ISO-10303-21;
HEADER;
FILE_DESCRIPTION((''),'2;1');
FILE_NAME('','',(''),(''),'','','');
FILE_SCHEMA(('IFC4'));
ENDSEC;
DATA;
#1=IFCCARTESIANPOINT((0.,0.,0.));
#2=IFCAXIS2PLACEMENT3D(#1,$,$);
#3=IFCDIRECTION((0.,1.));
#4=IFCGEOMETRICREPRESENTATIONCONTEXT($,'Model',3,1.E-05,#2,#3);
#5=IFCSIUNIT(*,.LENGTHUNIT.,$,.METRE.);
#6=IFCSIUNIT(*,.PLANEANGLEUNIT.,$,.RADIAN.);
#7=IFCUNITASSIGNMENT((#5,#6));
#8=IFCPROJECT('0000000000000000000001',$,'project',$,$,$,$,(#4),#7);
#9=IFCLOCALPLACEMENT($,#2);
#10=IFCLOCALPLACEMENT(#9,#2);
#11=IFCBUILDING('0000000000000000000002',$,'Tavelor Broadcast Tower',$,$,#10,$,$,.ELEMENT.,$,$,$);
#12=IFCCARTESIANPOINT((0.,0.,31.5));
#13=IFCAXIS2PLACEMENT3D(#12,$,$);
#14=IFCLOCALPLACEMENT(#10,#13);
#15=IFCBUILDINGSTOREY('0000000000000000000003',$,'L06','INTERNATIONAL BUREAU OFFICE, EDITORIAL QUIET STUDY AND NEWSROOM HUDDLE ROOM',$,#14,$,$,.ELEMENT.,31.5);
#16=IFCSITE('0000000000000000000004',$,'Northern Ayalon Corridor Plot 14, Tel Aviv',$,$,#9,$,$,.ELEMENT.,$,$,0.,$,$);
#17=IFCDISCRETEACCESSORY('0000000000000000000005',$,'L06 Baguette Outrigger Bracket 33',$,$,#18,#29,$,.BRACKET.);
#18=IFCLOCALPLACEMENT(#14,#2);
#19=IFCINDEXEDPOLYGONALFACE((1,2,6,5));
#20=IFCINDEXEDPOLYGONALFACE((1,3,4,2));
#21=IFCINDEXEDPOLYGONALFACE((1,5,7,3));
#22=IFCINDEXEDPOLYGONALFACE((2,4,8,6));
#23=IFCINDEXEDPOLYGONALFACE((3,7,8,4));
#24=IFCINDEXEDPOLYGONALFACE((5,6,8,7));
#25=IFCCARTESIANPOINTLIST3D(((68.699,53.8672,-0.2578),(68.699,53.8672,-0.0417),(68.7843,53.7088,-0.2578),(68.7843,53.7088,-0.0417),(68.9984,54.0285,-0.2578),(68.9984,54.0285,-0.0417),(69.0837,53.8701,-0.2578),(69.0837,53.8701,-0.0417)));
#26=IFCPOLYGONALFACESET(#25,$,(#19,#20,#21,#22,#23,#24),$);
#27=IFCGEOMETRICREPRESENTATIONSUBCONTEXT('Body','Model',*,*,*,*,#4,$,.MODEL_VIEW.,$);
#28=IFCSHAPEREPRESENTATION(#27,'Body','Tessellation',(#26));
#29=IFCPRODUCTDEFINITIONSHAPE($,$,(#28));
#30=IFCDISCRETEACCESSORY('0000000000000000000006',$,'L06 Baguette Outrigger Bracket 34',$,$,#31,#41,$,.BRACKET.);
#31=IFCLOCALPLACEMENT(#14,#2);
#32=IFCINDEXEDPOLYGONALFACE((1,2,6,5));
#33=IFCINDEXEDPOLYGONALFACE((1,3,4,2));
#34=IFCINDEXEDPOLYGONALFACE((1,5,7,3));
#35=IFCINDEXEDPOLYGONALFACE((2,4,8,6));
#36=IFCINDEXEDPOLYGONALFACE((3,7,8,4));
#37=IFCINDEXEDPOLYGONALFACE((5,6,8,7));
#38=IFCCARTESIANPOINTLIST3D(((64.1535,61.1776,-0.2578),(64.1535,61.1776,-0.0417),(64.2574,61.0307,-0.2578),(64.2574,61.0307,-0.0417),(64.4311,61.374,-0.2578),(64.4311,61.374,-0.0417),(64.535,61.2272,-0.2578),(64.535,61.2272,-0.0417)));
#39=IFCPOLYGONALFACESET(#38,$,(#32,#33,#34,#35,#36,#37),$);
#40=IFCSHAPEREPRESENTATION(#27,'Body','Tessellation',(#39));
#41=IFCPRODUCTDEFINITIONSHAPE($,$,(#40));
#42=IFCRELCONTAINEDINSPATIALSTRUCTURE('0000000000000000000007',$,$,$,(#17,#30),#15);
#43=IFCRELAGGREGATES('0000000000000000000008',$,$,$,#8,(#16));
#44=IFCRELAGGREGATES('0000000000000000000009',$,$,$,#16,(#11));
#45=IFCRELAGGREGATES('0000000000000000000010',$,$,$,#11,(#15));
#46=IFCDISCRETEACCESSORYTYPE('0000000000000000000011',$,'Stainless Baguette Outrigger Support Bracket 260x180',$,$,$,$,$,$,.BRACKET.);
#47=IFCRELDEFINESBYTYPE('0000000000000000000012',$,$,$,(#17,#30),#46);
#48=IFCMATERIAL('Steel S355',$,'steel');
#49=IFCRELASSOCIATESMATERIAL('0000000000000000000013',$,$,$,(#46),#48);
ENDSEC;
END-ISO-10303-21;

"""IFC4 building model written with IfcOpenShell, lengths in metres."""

from ifc_helpers import new_model, si_unit, direction, frame, origin, origin_2d, place, context, subcontext, project, spatial, rectangle, extrude, source, transform, mapped, material, type_object, type_shapes, element, save


model = new_model("IFC4")

# Units and contexts
model_context = context("Model", 3, precision=1e-05, world=origin(), true_north=direction((0.0, 1.0)))
body_context = subcontext(model_context, "Body", "Model", "MODEL_VIEW")
ifc_project = project(units=[si_unit("LENGTHUNIT", "METRE"), si_unit("PLANEANGLEUNIT", "RADIAN")], contexts=[model_context])

# Site, building, storey
site_placement = place(None, origin())
site = spatial("IfcSite", under=ifc_project, at=site_placement, Name="Northern Ayalon Corridor Plot 14, Tel Aviv", CompositionType="ELEMENT", RefElevation=0.0)
building_placement = place(site_placement, origin())
building = spatial("IfcBuilding", under=site, at=building_placement, Name="Tavelor Broadcast Tower", CompositionType="ELEMENT")
storey_placement = place(building_placement, frame((0.0, 0.0, 31.5)))
storey = spatial("IfcBuildingStorey", under=building, at=storey_placement, Name="L06", Description="INTERNATIONAL BUREAU OFFICE, EDITORIAL QUIET STUDY AND NEWSROOM HUDDLE ROOM", CompositionType="ELEMENT", Elevation=31.5)

# Shared definitions
ifc_material_1 = material(Name="Steel S355", Category="steel")

# Discrete accessories
discrete_accessory_type = type_object("IfcDiscreteAccessoryType", Name="Stainless Baguette Outrigger Support Bracket 260x180", PredefinedType="BRACKET", material=ifc_material_1)
shared_shape_1 = source(origin(), body_context, "Body", "SweptSolid", [
    extrude(rectangle(XDim=0.1799, YDim=0.3401, at=origin_2d()), origin(), (0.0, 0.0, 1.0), 0.2161),
])
type_shapes(discrete_accessory_type, [shared_shape_1])
for number, where, z_axis, x_axis, name in (
    (1, (68.8914, 53.8687, -0.2578), (0.0, 0.0, 1.0), (-0.474396, 0.880312, 0.0), "L06 Baguette Outrigger Bracket 33"),
    (2, (64.3442, 61.2024, -0.2578), (0.0, 0.0, 1.0), (-0.577573, 0.816339, 0.0), "L06 Baguette Outrigger Bracket 34"),
):
    element("IfcDiscreteAccessory", number, at=place(storey_placement, frame(where, z_axis=z_axis, x_axis=x_axis)), inside=storey, type_object=discrete_accessory_type, Name=name, PredefinedType="BRACKET", context=body_context, shape_type="MappedRepresentation", body=[
        mapped(shared_shape_1, transform((0.0, 0.0, 0.0), scale=1.0)),
    ])

save(model, "model.ifc")
